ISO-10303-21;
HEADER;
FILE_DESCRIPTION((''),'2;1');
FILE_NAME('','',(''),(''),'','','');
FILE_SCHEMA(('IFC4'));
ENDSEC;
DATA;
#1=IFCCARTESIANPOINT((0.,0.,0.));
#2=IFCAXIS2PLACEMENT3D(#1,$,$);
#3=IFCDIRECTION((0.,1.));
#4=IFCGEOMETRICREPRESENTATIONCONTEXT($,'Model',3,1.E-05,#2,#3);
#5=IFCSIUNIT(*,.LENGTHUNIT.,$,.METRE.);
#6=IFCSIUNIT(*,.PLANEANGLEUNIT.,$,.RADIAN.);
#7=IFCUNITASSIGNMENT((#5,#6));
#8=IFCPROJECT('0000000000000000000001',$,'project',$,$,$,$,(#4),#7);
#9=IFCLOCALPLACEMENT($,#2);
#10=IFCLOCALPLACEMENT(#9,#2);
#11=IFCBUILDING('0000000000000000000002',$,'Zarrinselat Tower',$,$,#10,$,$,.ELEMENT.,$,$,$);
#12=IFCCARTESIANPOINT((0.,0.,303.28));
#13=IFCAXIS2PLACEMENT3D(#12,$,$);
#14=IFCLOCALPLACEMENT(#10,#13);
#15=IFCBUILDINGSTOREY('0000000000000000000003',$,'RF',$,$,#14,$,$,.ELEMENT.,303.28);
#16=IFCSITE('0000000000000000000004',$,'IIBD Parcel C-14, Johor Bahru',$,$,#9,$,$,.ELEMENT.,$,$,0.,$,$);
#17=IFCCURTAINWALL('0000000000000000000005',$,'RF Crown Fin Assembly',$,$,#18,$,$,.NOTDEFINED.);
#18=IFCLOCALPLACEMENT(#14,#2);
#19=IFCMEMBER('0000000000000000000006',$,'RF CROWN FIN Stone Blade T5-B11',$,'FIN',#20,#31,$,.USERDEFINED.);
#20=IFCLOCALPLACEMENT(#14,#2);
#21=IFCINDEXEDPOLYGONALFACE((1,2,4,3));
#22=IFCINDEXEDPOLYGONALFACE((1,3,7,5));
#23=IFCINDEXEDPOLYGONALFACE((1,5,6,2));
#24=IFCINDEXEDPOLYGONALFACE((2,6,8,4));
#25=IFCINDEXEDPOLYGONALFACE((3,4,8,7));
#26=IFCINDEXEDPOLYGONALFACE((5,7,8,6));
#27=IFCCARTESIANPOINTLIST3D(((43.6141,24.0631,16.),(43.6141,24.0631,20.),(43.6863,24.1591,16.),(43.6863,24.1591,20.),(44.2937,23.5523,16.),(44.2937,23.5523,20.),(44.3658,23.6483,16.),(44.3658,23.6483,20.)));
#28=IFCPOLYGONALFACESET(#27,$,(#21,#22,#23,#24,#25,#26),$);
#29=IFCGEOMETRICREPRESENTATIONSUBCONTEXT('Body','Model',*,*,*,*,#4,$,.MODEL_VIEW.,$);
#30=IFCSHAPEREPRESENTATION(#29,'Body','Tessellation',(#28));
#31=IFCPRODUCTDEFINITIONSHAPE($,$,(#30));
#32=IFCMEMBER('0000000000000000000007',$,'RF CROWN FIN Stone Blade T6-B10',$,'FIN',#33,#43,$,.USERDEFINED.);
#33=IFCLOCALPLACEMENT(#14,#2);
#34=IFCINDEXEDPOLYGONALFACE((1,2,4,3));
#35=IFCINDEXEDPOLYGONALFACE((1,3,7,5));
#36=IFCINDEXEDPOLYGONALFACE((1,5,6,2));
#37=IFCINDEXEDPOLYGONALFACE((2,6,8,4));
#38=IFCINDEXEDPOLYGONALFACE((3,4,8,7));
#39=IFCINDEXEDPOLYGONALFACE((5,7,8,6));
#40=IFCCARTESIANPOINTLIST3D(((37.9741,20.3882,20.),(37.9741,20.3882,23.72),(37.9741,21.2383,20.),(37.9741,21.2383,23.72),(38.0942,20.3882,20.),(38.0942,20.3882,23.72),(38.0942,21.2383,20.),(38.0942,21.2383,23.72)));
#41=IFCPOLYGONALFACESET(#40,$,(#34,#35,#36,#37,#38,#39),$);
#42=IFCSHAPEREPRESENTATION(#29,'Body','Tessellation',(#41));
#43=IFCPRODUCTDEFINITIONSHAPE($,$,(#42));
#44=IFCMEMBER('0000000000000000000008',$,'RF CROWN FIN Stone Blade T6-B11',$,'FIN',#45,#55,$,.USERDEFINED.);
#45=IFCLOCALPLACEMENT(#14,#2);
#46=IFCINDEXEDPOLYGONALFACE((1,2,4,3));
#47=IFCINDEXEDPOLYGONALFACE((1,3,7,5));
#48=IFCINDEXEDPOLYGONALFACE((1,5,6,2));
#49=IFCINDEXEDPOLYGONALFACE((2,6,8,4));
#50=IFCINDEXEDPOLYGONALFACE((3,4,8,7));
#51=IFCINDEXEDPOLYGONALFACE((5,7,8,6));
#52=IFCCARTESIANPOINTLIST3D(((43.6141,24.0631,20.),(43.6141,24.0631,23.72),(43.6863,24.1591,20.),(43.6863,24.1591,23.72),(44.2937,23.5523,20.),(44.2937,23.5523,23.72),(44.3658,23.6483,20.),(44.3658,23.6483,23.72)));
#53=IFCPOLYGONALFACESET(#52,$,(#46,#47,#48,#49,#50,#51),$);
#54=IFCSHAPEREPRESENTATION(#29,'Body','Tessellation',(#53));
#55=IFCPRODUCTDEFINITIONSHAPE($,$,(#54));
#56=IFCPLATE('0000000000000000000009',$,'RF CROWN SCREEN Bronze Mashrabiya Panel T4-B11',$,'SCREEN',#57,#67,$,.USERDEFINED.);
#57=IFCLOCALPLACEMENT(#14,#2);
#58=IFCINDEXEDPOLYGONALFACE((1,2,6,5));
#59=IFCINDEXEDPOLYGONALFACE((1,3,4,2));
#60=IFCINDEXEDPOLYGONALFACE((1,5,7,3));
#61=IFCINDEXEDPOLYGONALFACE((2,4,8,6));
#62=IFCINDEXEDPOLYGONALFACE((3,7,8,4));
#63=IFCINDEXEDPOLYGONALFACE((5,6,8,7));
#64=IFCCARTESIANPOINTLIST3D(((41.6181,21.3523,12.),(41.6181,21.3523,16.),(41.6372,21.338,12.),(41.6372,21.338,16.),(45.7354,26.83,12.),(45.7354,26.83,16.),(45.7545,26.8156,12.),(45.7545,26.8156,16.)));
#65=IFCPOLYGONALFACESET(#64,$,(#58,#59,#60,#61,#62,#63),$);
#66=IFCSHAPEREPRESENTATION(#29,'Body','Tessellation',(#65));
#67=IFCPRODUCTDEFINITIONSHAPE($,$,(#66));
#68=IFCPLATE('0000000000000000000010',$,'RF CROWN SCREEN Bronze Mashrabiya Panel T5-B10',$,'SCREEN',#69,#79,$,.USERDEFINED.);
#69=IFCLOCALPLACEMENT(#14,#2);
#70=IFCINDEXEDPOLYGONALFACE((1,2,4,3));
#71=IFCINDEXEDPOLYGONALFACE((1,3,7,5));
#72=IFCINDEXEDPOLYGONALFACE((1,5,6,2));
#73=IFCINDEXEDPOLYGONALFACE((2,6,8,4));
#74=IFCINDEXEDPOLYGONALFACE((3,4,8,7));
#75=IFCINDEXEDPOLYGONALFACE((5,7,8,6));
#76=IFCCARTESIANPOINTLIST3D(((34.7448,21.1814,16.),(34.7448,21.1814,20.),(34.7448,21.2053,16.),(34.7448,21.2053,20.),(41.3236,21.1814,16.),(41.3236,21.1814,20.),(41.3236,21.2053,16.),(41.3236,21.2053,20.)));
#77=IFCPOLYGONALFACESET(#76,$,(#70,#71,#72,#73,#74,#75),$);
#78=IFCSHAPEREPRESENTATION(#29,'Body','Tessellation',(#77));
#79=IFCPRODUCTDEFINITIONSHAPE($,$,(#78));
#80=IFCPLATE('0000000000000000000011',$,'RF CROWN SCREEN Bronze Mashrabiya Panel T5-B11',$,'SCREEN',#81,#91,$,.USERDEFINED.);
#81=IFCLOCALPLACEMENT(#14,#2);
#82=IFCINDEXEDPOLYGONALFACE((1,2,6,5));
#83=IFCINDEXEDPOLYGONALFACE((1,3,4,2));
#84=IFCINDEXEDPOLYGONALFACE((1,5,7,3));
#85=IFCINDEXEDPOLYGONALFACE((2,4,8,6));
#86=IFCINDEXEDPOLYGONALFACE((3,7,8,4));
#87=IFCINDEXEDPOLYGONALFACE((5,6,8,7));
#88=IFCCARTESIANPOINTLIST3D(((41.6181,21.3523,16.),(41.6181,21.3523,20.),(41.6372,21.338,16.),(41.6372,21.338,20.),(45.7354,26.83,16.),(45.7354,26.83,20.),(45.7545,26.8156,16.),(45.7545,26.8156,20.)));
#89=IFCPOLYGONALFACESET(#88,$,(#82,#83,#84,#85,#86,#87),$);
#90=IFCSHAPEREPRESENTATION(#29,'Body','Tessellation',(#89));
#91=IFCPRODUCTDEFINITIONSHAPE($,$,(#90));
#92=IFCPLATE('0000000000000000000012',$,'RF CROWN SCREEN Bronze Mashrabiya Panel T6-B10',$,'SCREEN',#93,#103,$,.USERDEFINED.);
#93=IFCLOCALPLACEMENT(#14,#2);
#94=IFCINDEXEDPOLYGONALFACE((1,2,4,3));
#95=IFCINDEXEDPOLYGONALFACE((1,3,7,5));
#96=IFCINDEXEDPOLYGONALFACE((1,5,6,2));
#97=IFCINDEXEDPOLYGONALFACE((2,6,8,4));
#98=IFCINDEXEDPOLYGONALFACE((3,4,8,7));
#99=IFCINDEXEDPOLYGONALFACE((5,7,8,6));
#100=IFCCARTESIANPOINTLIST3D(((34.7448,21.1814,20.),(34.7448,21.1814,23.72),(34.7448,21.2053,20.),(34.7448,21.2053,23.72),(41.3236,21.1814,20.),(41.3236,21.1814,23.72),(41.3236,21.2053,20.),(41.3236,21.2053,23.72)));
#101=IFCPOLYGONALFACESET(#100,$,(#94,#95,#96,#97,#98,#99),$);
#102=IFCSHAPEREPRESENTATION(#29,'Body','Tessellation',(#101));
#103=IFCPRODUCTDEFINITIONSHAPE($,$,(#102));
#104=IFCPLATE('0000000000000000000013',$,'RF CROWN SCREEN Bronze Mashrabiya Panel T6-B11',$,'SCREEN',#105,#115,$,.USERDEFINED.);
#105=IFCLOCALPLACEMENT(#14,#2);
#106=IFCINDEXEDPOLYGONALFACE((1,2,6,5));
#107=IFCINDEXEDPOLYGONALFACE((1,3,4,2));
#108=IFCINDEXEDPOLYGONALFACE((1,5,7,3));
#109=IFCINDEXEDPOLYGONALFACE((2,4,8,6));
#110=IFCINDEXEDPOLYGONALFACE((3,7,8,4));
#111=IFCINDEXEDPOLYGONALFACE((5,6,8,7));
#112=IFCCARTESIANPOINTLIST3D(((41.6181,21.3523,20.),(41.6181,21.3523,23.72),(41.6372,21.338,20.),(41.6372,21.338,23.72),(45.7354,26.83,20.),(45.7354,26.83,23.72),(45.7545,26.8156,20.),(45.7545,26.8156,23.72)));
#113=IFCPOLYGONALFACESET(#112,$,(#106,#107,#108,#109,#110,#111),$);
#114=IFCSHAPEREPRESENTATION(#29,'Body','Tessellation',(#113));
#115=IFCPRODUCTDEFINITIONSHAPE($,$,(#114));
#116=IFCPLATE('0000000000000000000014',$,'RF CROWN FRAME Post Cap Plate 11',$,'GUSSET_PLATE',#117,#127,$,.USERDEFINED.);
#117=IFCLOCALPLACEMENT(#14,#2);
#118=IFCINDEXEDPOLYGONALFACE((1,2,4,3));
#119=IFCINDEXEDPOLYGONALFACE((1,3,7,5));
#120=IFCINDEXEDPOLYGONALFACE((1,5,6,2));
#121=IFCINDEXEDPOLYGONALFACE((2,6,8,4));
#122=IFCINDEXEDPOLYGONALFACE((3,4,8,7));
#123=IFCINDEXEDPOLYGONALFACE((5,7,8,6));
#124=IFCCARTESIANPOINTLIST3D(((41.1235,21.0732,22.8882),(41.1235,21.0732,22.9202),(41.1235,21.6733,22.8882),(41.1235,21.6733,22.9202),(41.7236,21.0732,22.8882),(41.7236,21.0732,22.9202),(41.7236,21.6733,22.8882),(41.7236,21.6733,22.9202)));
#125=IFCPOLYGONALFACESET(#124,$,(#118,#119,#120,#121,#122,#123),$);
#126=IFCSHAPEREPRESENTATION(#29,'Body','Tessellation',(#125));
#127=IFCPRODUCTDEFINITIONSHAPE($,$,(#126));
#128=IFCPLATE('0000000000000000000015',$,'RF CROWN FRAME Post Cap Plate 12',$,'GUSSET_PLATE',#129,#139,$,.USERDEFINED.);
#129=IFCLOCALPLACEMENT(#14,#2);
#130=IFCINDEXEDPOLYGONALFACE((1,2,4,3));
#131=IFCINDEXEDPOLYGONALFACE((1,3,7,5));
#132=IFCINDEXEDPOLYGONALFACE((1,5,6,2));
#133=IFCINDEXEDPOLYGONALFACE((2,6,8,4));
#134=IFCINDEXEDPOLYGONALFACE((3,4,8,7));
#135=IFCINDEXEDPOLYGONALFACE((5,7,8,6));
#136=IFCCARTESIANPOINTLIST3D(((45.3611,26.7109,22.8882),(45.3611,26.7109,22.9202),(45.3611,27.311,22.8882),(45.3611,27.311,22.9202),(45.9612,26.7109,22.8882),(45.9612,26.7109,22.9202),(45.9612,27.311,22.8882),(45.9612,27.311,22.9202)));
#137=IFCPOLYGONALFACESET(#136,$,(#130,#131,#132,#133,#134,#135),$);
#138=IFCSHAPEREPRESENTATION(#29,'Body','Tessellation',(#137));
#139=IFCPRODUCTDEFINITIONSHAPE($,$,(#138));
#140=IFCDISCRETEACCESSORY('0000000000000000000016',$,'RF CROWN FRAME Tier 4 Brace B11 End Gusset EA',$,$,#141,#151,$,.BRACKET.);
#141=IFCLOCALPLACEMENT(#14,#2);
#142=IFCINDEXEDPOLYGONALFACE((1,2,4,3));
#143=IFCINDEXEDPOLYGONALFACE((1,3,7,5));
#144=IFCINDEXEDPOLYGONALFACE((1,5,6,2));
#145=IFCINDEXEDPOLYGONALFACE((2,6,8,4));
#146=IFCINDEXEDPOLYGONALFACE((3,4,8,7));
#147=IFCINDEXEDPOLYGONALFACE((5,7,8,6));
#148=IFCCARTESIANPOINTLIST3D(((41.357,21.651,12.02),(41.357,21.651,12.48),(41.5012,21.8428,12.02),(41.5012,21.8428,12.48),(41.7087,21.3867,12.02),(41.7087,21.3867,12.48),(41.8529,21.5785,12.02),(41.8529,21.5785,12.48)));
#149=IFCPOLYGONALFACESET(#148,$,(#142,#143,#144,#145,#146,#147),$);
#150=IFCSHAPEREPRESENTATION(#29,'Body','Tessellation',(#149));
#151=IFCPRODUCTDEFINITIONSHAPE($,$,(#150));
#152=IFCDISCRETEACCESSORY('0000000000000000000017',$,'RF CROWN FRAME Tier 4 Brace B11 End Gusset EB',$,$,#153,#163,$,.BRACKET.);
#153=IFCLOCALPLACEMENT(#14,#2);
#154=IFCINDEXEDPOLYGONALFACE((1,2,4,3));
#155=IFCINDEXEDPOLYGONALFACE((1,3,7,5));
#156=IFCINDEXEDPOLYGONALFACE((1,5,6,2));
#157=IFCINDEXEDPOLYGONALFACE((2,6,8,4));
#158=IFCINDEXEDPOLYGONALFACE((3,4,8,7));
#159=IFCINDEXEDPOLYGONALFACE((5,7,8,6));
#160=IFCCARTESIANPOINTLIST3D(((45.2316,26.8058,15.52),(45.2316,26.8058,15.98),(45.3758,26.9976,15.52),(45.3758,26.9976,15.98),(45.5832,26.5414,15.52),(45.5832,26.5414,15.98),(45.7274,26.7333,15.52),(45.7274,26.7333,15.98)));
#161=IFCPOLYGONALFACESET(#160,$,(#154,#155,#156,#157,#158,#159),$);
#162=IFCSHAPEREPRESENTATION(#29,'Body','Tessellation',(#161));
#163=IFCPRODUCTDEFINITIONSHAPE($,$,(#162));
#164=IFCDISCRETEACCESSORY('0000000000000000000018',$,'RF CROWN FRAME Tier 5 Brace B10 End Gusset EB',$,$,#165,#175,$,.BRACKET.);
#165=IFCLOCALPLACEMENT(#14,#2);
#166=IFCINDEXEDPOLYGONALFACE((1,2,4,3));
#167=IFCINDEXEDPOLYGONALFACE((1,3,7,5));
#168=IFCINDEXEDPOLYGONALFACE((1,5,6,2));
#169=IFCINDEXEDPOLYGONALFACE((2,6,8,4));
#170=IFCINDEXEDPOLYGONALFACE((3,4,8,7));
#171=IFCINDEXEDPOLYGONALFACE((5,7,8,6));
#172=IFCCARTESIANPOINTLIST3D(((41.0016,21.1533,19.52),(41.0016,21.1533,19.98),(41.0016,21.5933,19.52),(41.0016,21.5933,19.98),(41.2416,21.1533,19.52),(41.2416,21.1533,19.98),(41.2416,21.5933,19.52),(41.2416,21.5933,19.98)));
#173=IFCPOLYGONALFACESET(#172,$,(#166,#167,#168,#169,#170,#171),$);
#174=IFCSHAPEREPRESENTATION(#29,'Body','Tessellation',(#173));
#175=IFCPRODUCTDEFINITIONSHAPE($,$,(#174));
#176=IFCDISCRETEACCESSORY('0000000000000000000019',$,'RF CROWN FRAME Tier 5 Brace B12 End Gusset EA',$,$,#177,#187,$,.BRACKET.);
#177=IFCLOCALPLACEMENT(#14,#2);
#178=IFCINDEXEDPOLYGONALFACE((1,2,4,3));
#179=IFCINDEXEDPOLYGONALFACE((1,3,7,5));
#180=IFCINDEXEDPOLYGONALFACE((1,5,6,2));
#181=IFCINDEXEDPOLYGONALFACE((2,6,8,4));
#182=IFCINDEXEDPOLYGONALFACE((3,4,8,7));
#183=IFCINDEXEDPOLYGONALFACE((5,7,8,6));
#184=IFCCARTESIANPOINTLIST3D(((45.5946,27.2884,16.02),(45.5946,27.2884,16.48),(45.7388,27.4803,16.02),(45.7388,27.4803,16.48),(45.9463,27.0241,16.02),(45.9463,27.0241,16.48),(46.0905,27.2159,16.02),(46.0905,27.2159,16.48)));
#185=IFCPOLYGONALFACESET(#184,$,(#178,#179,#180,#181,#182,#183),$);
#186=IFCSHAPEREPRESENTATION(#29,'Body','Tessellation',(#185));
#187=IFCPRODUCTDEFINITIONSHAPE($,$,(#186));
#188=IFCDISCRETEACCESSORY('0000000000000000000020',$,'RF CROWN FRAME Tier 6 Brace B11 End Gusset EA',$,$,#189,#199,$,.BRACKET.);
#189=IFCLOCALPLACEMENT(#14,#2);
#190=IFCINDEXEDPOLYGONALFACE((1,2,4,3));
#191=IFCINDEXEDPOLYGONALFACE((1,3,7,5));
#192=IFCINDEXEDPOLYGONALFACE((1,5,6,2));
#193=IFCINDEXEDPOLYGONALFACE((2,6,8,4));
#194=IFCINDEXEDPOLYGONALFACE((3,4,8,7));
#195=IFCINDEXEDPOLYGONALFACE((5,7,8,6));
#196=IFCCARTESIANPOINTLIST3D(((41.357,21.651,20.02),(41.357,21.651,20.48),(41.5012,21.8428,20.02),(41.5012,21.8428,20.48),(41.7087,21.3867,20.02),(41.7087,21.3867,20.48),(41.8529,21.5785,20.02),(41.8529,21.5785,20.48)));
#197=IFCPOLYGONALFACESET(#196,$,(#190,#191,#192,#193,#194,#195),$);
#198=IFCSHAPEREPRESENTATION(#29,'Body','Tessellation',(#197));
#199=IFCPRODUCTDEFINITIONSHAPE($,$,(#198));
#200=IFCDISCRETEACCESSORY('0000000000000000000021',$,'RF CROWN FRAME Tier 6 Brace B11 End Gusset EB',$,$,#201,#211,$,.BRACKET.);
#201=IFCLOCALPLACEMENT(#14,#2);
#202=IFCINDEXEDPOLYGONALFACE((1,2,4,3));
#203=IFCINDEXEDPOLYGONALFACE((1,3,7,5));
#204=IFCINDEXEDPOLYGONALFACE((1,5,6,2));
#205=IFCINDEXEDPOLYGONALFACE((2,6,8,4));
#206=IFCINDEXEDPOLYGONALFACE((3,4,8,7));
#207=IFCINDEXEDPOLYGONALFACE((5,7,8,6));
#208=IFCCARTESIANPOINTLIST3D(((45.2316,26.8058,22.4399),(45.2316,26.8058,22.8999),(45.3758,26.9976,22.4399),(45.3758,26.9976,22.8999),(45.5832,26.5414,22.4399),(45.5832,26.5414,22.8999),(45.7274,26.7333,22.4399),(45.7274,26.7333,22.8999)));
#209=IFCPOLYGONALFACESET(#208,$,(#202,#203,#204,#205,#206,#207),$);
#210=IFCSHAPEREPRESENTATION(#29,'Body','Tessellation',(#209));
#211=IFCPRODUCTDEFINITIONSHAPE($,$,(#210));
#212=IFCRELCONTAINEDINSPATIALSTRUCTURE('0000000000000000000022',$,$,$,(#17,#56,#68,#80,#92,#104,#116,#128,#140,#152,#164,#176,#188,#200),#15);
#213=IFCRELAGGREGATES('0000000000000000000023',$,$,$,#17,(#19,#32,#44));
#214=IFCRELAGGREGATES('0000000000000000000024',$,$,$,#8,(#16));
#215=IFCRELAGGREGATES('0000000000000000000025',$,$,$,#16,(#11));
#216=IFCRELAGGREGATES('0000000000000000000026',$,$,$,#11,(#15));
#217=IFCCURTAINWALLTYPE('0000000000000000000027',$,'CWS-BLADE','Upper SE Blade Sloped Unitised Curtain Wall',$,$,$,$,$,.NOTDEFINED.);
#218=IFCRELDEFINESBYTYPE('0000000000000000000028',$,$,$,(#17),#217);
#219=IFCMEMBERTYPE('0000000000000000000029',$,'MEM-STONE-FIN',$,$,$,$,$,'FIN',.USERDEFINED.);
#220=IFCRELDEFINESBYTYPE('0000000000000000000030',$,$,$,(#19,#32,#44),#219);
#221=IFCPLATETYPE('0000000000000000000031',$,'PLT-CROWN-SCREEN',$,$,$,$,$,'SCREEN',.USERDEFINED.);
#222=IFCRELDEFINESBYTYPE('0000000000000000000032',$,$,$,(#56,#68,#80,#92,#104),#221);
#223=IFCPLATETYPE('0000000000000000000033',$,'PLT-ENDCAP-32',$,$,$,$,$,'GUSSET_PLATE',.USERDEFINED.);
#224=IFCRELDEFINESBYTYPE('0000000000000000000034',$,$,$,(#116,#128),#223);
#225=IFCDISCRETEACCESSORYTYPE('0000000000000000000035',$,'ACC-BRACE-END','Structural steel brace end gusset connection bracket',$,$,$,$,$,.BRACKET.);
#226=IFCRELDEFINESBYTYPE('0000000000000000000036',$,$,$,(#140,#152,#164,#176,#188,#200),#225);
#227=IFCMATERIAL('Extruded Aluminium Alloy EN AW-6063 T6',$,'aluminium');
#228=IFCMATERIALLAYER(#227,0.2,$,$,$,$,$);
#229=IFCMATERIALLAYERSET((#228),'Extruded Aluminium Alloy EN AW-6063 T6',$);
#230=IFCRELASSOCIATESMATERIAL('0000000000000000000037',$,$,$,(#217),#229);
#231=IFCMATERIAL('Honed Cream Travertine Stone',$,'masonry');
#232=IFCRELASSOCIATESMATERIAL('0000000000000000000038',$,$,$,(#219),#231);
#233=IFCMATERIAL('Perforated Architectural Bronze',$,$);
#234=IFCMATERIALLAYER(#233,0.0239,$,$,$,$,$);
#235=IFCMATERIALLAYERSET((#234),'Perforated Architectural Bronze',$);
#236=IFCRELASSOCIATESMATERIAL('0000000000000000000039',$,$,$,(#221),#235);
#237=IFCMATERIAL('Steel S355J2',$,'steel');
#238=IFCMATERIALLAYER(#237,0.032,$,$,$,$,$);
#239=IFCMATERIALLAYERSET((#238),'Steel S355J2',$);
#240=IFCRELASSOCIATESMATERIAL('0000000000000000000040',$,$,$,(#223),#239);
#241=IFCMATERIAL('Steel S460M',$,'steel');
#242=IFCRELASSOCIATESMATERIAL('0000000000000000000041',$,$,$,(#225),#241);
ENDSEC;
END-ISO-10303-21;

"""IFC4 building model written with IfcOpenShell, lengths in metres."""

from ifc_helpers import new_model, si_unit, direction, frame, origin, origin_2d, place, context, subcontext, project, spatial, rectangle, extrude, material, layer, layer_set, material_profile, profile_set, type_object, element, aggregate, save


model = new_model("IFC4")

# Units and contexts
model_context = context("Model", 3, precision=1e-05, world=origin(), true_north=direction((0.0, 1.0)))
body_context = subcontext(model_context, "Body", "Model", "MODEL_VIEW")
ifc_project = project(units=[si_unit("LENGTHUNIT", "METRE"), si_unit("PLANEANGLEUNIT", "RADIAN")], contexts=[model_context])

# Site, building, storey
site_placement = place(None, origin())
site = spatial("IfcSite", under=ifc_project, at=site_placement, Name="IIBD Parcel C-14, Johor Bahru", CompositionType="ELEMENT", RefElevation=0.0)
building_placement = place(site_placement, origin())
building = spatial("IfcBuilding", under=site, at=building_placement, Name="Zarrinselat Tower", CompositionType="ELEMENT")
storey_placement = place(building_placement, frame((0.0, 0.0, 303.28)))
storey = spatial("IfcBuildingStorey", under=building, at=storey_placement, Name="RF", CompositionType="ELEMENT", Elevation=303.28)

# Curtain wall, members
ifc_material_1 = material(Name="Extruded Aluminium Alloy EN AW-6063 T6", Category="aluminium")
ifc_layer_1 = layer(ifc_material_1, 0.2)
ifc_layer_set_1 = layer_set([ifc_layer_1], Name="Extruded Aluminium Alloy EN AW-6063 T6")
curtain_wall_type = type_object("IfcCurtainWallType", Name="CWS-BLADE", Description="Upper SE Blade Sloped Unitised Curtain Wall", PredefinedType="NOTDEFINED", material=ifc_layer_set_1)
curtain_wall_placement = place(storey_placement, origin())
curtain_wall = element("IfcCurtainWall", 1, at=curtain_wall_placement, inside=storey, type_object=curtain_wall_type, Name="RF Crown Fin Assembly", PredefinedType="NOTDEFINED")
ifc_material_2 = material(Name="Honed Cream Travertine Stone", Category="masonry")
ifc_material_profile_1 = material_profile(ifc_material_2, rectangle(XDim=0.1201, YDim=0.8501, at=origin_2d()), Name="FIN 850x120")
ifc_profile_set_1 = profile_set([ifc_material_profile_1], Name="Honed Cream Travertine Stone")
member_type_1 = type_object("IfcMemberType", Name="MEM-STONE-FIN", ElementType="FIN", PredefinedType="USERDEFINED", material=ifc_profile_set_1)
member_1_placement = place(storey_placement, frame((43.99, 23.8557, 16.0), z_axis=(0.0, 0.0, 1.0), x_axis=(-0.600844, -0.799367, 0.0)))
member_1 = element("IfcMember", 2, at=member_1_placement, type_object=member_type_1, Name="RF CROWN FIN Stone Blade T5-B11", ObjectType="FIN", PredefinedType="USERDEFINED", context=body_context, shape_type="SweptSolid", body=[
    extrude(rectangle(XDim=0.1201, YDim=0.8501, at=origin_2d()), origin(), (0.0, 0.0, 1.0), 4.0),
])
member_2_placement = place(storey_placement, frame((38.0342, 20.8132, 20.0), z_axis=(0.0, 0.0, 1.0), x_axis=(-1.0, 0.0, 0.0)))
member_2 = element("IfcMember", 3, at=member_2_placement, type_object=member_type_1, Name="RF CROWN FIN Stone Blade T6-B10", ObjectType="FIN", PredefinedType="USERDEFINED", context=body_context, shape_type="SweptSolid", body=[
    extrude(rectangle(XDim=0.1201, YDim=0.8501, at=origin_2d()), origin(), (0.0, 0.0, 1.0), 3.72),
])
member_3_placement = place(storey_placement, frame((43.99, 23.8557, 20.0), z_axis=(0.0, 0.0, 1.0), x_axis=(-0.600844, -0.799367, 0.0)))
member_3 = element("IfcMember", 4, at=member_3_placement, type_object=member_type_1, Name="RF CROWN FIN Stone Blade T6-B11", ObjectType="FIN", PredefinedType="USERDEFINED", context=body_context, shape_type="SweptSolid", body=[
    extrude(rectangle(XDim=0.1201, YDim=0.8501, at=origin_2d()), origin(), (0.0, 0.0, 1.0), 3.72),
])
aggregate(curtain_wall, [member_1, member_2, member_3])

# Plates
ifc_material_3 = material(Name="Perforated Architectural Bronze")
ifc_layer_2 = layer(ifc_material_3, 0.0239)
ifc_layer_set_2 = layer_set([ifc_layer_2], Name="Perforated Architectural Bronze")
plate_type_1 = type_object("IfcPlateType", Name="PLT-CROWN-SCREEN", ElementType="SCREEN", PredefinedType="USERDEFINED", material=ifc_layer_set_2)
plate_1_placement = place(storey_placement, frame((43.6863, 24.084, 12.0), z_axis=(0.0, 0.0, 1.0), x_axis=(0.600844, 0.799367, 0.0)))
element("IfcPlate", 5, at=plate_1_placement, inside=storey, type_object=plate_type_1, Name="RF CROWN SCREEN Bronze Mashrabiya Panel T4-B11", ObjectType="SCREEN", PredefinedType="USERDEFINED", context=body_context, shape_type="SweptSolid", body=[
    extrude(rectangle(XDim=6.8525, YDim=0.0239, at=origin_2d()), origin(), (0.0, 0.0, 1.0), 4.0),
])
plate_2_placement = place(storey_placement, frame((38.0342, 21.1934, 16.0), z_axis=(0.0, 0.0, 1.0), x_axis=(1.0, 0.0, 0.0)))
element("IfcPlate", 6, at=plate_2_placement, inside=storey, type_object=plate_type_1, Name="RF CROWN SCREEN Bronze Mashrabiya Panel T5-B10", ObjectType="SCREEN", PredefinedType="USERDEFINED", context=body_context, shape_type="SweptSolid", body=[
    extrude(rectangle(XDim=6.5789, YDim=0.0239, at=origin_2d()), origin(), (0.0, 0.0, 1.0), 4.0),
])
plate_3_placement = place(storey_placement, frame((43.6863, 24.084, 16.0), z_axis=(0.0, 0.0, 1.0), x_axis=(0.600844, 0.799367, 0.0)))
element("IfcPlate", 7, at=plate_3_placement, inside=storey, type_object=plate_type_1, Name="RF CROWN SCREEN Bronze Mashrabiya Panel T5-B11", ObjectType="SCREEN", PredefinedType="USERDEFINED", context=body_context, shape_type="SweptSolid", body=[
    extrude(rectangle(XDim=6.8525, YDim=0.0239, at=origin_2d()), origin(), (0.0, 0.0, 1.0), 4.0),
])
plate_4_placement = place(storey_placement, frame((38.0342, 21.1934, 20.0), z_axis=(0.0, 0.0, 1.0), x_axis=(1.0, 0.0, 0.0)))
element("IfcPlate", 8, at=plate_4_placement, inside=storey, type_object=plate_type_1, Name="RF CROWN SCREEN Bronze Mashrabiya Panel T6-B10", ObjectType="SCREEN", PredefinedType="USERDEFINED", context=body_context, shape_type="SweptSolid", body=[
    extrude(rectangle(XDim=6.5789, YDim=0.0239, at=origin_2d()), origin(), (0.0, 0.0, 1.0), 3.72),
])
plate_5_placement = place(storey_placement, frame((43.6863, 24.084, 20.0), z_axis=(0.0, 0.0, 1.0), x_axis=(0.600844, 0.799367, 0.0)))
element("IfcPlate", 9, at=plate_5_placement, inside=storey, type_object=plate_type_1, Name="RF CROWN SCREEN Bronze Mashrabiya Panel T6-B11", ObjectType="SCREEN", PredefinedType="USERDEFINED", context=body_context, shape_type="SweptSolid", body=[
    extrude(rectangle(XDim=6.8525, YDim=0.0239, at=origin_2d()), origin(), (0.0, 0.0, 1.0), 3.72),
])
ifc_material_4 = material(Name="Steel S355J2", Category="steel")
ifc_layer_3 = layer(ifc_material_4, 0.032)
ifc_layer_set_3 = layer_set([ifc_layer_3], Name="Steel S355J2")
plate_type_2 = type_object("IfcPlateType", Name="PLT-ENDCAP-32", ElementType="GUSSET_PLATE", PredefinedType="USERDEFINED", material=ifc_layer_set_3)
for number, where, z_axis, x_axis, name in (
    (10, (41.4236, 21.3733, 22.8882), (0.0, 0.0, 1.0), (1.0, 0.0, 0.0), "RF CROWN FRAME Post Cap Plate 11"),
    (11, (45.6611, 27.011, 22.8882), (0.0, 0.0, 1.0), (1.0, 0.0, 0.0), "RF CROWN FRAME Post Cap Plate 12"),
):
    element("IfcPlate", number, at=place(storey_placement, frame(where, z_axis=z_axis, x_axis=x_axis)), inside=storey, type_object=plate_type_2, Name=name, ObjectType="GUSSET_PLATE", PredefinedType="USERDEFINED", context=body_context, shape_type="SweptSolid", body=[
        extrude(rectangle(XDim=0.6001, YDim=0.6001, at=origin_2d()), origin(), (0.0, 0.0, 1.0), 0.032),
    ])

# Discrete accessories
ifc_material_5 = material(Name="Steel S460M", Category="steel")
discrete_accessory_type = type_object("IfcDiscreteAccessoryType", Name="ACC-BRACE-END", Description="Structural steel brace end gusset connection bracket", PredefinedType="BRACKET", material=ifc_material_5)
for number, where, z_axis, x_axis, name in (
    (12, (41.605, 21.6147, 12.02), (0.0, 0.0, 1.0), (0.600844, 0.799367, 0.0), "RF CROWN FRAME Tier 4 Brace B11 End Gusset EA"),
    (13, (45.4795, 26.7695, 15.52), (0.0, 0.0, 1.0), (0.600844, 0.799367, 0.0), "RF CROWN FRAME Tier 4 Brace B11 End Gusset EB"),
    (14, (41.1216, 21.3733, 19.52), (0.0, 0.0, 1.0), (1.0, 0.0, 0.0), "RF CROWN FRAME Tier 5 Brace B10 End Gusset EB"),
    (15, (45.8425, 27.2522, 16.02), (0.0, 0.0, 1.0), (0.600853, 0.79936, 0.0), "RF CROWN FRAME Tier 5 Brace B12 End Gusset EA"),
    (16, (41.605, 21.6147, 20.02), (0.0, 0.0, 1.0), (0.600844, 0.799367, 0.0), "RF CROWN FRAME Tier 6 Brace B11 End Gusset EA"),
    (17, (45.4795, 26.7695, 22.4399), (0.0, 0.0, 1.0), (0.600844, 0.799367, 0.0), "RF CROWN FRAME Tier 6 Brace B11 End Gusset EB"),
):
    element("IfcDiscreteAccessory", number, at=place(storey_placement, frame(where, z_axis=z_axis, x_axis=x_axis)), inside=storey, type_object=discrete_accessory_type, Name=name, PredefinedType="BRACKET", context=body_context, shape_type="SweptSolid", body=[
        extrude(rectangle(XDim=0.24, YDim=0.4399, at=origin_2d()), origin(), (0.0, 0.0, 1.0), 0.46),
    ])

save(model, "model.ifc")
